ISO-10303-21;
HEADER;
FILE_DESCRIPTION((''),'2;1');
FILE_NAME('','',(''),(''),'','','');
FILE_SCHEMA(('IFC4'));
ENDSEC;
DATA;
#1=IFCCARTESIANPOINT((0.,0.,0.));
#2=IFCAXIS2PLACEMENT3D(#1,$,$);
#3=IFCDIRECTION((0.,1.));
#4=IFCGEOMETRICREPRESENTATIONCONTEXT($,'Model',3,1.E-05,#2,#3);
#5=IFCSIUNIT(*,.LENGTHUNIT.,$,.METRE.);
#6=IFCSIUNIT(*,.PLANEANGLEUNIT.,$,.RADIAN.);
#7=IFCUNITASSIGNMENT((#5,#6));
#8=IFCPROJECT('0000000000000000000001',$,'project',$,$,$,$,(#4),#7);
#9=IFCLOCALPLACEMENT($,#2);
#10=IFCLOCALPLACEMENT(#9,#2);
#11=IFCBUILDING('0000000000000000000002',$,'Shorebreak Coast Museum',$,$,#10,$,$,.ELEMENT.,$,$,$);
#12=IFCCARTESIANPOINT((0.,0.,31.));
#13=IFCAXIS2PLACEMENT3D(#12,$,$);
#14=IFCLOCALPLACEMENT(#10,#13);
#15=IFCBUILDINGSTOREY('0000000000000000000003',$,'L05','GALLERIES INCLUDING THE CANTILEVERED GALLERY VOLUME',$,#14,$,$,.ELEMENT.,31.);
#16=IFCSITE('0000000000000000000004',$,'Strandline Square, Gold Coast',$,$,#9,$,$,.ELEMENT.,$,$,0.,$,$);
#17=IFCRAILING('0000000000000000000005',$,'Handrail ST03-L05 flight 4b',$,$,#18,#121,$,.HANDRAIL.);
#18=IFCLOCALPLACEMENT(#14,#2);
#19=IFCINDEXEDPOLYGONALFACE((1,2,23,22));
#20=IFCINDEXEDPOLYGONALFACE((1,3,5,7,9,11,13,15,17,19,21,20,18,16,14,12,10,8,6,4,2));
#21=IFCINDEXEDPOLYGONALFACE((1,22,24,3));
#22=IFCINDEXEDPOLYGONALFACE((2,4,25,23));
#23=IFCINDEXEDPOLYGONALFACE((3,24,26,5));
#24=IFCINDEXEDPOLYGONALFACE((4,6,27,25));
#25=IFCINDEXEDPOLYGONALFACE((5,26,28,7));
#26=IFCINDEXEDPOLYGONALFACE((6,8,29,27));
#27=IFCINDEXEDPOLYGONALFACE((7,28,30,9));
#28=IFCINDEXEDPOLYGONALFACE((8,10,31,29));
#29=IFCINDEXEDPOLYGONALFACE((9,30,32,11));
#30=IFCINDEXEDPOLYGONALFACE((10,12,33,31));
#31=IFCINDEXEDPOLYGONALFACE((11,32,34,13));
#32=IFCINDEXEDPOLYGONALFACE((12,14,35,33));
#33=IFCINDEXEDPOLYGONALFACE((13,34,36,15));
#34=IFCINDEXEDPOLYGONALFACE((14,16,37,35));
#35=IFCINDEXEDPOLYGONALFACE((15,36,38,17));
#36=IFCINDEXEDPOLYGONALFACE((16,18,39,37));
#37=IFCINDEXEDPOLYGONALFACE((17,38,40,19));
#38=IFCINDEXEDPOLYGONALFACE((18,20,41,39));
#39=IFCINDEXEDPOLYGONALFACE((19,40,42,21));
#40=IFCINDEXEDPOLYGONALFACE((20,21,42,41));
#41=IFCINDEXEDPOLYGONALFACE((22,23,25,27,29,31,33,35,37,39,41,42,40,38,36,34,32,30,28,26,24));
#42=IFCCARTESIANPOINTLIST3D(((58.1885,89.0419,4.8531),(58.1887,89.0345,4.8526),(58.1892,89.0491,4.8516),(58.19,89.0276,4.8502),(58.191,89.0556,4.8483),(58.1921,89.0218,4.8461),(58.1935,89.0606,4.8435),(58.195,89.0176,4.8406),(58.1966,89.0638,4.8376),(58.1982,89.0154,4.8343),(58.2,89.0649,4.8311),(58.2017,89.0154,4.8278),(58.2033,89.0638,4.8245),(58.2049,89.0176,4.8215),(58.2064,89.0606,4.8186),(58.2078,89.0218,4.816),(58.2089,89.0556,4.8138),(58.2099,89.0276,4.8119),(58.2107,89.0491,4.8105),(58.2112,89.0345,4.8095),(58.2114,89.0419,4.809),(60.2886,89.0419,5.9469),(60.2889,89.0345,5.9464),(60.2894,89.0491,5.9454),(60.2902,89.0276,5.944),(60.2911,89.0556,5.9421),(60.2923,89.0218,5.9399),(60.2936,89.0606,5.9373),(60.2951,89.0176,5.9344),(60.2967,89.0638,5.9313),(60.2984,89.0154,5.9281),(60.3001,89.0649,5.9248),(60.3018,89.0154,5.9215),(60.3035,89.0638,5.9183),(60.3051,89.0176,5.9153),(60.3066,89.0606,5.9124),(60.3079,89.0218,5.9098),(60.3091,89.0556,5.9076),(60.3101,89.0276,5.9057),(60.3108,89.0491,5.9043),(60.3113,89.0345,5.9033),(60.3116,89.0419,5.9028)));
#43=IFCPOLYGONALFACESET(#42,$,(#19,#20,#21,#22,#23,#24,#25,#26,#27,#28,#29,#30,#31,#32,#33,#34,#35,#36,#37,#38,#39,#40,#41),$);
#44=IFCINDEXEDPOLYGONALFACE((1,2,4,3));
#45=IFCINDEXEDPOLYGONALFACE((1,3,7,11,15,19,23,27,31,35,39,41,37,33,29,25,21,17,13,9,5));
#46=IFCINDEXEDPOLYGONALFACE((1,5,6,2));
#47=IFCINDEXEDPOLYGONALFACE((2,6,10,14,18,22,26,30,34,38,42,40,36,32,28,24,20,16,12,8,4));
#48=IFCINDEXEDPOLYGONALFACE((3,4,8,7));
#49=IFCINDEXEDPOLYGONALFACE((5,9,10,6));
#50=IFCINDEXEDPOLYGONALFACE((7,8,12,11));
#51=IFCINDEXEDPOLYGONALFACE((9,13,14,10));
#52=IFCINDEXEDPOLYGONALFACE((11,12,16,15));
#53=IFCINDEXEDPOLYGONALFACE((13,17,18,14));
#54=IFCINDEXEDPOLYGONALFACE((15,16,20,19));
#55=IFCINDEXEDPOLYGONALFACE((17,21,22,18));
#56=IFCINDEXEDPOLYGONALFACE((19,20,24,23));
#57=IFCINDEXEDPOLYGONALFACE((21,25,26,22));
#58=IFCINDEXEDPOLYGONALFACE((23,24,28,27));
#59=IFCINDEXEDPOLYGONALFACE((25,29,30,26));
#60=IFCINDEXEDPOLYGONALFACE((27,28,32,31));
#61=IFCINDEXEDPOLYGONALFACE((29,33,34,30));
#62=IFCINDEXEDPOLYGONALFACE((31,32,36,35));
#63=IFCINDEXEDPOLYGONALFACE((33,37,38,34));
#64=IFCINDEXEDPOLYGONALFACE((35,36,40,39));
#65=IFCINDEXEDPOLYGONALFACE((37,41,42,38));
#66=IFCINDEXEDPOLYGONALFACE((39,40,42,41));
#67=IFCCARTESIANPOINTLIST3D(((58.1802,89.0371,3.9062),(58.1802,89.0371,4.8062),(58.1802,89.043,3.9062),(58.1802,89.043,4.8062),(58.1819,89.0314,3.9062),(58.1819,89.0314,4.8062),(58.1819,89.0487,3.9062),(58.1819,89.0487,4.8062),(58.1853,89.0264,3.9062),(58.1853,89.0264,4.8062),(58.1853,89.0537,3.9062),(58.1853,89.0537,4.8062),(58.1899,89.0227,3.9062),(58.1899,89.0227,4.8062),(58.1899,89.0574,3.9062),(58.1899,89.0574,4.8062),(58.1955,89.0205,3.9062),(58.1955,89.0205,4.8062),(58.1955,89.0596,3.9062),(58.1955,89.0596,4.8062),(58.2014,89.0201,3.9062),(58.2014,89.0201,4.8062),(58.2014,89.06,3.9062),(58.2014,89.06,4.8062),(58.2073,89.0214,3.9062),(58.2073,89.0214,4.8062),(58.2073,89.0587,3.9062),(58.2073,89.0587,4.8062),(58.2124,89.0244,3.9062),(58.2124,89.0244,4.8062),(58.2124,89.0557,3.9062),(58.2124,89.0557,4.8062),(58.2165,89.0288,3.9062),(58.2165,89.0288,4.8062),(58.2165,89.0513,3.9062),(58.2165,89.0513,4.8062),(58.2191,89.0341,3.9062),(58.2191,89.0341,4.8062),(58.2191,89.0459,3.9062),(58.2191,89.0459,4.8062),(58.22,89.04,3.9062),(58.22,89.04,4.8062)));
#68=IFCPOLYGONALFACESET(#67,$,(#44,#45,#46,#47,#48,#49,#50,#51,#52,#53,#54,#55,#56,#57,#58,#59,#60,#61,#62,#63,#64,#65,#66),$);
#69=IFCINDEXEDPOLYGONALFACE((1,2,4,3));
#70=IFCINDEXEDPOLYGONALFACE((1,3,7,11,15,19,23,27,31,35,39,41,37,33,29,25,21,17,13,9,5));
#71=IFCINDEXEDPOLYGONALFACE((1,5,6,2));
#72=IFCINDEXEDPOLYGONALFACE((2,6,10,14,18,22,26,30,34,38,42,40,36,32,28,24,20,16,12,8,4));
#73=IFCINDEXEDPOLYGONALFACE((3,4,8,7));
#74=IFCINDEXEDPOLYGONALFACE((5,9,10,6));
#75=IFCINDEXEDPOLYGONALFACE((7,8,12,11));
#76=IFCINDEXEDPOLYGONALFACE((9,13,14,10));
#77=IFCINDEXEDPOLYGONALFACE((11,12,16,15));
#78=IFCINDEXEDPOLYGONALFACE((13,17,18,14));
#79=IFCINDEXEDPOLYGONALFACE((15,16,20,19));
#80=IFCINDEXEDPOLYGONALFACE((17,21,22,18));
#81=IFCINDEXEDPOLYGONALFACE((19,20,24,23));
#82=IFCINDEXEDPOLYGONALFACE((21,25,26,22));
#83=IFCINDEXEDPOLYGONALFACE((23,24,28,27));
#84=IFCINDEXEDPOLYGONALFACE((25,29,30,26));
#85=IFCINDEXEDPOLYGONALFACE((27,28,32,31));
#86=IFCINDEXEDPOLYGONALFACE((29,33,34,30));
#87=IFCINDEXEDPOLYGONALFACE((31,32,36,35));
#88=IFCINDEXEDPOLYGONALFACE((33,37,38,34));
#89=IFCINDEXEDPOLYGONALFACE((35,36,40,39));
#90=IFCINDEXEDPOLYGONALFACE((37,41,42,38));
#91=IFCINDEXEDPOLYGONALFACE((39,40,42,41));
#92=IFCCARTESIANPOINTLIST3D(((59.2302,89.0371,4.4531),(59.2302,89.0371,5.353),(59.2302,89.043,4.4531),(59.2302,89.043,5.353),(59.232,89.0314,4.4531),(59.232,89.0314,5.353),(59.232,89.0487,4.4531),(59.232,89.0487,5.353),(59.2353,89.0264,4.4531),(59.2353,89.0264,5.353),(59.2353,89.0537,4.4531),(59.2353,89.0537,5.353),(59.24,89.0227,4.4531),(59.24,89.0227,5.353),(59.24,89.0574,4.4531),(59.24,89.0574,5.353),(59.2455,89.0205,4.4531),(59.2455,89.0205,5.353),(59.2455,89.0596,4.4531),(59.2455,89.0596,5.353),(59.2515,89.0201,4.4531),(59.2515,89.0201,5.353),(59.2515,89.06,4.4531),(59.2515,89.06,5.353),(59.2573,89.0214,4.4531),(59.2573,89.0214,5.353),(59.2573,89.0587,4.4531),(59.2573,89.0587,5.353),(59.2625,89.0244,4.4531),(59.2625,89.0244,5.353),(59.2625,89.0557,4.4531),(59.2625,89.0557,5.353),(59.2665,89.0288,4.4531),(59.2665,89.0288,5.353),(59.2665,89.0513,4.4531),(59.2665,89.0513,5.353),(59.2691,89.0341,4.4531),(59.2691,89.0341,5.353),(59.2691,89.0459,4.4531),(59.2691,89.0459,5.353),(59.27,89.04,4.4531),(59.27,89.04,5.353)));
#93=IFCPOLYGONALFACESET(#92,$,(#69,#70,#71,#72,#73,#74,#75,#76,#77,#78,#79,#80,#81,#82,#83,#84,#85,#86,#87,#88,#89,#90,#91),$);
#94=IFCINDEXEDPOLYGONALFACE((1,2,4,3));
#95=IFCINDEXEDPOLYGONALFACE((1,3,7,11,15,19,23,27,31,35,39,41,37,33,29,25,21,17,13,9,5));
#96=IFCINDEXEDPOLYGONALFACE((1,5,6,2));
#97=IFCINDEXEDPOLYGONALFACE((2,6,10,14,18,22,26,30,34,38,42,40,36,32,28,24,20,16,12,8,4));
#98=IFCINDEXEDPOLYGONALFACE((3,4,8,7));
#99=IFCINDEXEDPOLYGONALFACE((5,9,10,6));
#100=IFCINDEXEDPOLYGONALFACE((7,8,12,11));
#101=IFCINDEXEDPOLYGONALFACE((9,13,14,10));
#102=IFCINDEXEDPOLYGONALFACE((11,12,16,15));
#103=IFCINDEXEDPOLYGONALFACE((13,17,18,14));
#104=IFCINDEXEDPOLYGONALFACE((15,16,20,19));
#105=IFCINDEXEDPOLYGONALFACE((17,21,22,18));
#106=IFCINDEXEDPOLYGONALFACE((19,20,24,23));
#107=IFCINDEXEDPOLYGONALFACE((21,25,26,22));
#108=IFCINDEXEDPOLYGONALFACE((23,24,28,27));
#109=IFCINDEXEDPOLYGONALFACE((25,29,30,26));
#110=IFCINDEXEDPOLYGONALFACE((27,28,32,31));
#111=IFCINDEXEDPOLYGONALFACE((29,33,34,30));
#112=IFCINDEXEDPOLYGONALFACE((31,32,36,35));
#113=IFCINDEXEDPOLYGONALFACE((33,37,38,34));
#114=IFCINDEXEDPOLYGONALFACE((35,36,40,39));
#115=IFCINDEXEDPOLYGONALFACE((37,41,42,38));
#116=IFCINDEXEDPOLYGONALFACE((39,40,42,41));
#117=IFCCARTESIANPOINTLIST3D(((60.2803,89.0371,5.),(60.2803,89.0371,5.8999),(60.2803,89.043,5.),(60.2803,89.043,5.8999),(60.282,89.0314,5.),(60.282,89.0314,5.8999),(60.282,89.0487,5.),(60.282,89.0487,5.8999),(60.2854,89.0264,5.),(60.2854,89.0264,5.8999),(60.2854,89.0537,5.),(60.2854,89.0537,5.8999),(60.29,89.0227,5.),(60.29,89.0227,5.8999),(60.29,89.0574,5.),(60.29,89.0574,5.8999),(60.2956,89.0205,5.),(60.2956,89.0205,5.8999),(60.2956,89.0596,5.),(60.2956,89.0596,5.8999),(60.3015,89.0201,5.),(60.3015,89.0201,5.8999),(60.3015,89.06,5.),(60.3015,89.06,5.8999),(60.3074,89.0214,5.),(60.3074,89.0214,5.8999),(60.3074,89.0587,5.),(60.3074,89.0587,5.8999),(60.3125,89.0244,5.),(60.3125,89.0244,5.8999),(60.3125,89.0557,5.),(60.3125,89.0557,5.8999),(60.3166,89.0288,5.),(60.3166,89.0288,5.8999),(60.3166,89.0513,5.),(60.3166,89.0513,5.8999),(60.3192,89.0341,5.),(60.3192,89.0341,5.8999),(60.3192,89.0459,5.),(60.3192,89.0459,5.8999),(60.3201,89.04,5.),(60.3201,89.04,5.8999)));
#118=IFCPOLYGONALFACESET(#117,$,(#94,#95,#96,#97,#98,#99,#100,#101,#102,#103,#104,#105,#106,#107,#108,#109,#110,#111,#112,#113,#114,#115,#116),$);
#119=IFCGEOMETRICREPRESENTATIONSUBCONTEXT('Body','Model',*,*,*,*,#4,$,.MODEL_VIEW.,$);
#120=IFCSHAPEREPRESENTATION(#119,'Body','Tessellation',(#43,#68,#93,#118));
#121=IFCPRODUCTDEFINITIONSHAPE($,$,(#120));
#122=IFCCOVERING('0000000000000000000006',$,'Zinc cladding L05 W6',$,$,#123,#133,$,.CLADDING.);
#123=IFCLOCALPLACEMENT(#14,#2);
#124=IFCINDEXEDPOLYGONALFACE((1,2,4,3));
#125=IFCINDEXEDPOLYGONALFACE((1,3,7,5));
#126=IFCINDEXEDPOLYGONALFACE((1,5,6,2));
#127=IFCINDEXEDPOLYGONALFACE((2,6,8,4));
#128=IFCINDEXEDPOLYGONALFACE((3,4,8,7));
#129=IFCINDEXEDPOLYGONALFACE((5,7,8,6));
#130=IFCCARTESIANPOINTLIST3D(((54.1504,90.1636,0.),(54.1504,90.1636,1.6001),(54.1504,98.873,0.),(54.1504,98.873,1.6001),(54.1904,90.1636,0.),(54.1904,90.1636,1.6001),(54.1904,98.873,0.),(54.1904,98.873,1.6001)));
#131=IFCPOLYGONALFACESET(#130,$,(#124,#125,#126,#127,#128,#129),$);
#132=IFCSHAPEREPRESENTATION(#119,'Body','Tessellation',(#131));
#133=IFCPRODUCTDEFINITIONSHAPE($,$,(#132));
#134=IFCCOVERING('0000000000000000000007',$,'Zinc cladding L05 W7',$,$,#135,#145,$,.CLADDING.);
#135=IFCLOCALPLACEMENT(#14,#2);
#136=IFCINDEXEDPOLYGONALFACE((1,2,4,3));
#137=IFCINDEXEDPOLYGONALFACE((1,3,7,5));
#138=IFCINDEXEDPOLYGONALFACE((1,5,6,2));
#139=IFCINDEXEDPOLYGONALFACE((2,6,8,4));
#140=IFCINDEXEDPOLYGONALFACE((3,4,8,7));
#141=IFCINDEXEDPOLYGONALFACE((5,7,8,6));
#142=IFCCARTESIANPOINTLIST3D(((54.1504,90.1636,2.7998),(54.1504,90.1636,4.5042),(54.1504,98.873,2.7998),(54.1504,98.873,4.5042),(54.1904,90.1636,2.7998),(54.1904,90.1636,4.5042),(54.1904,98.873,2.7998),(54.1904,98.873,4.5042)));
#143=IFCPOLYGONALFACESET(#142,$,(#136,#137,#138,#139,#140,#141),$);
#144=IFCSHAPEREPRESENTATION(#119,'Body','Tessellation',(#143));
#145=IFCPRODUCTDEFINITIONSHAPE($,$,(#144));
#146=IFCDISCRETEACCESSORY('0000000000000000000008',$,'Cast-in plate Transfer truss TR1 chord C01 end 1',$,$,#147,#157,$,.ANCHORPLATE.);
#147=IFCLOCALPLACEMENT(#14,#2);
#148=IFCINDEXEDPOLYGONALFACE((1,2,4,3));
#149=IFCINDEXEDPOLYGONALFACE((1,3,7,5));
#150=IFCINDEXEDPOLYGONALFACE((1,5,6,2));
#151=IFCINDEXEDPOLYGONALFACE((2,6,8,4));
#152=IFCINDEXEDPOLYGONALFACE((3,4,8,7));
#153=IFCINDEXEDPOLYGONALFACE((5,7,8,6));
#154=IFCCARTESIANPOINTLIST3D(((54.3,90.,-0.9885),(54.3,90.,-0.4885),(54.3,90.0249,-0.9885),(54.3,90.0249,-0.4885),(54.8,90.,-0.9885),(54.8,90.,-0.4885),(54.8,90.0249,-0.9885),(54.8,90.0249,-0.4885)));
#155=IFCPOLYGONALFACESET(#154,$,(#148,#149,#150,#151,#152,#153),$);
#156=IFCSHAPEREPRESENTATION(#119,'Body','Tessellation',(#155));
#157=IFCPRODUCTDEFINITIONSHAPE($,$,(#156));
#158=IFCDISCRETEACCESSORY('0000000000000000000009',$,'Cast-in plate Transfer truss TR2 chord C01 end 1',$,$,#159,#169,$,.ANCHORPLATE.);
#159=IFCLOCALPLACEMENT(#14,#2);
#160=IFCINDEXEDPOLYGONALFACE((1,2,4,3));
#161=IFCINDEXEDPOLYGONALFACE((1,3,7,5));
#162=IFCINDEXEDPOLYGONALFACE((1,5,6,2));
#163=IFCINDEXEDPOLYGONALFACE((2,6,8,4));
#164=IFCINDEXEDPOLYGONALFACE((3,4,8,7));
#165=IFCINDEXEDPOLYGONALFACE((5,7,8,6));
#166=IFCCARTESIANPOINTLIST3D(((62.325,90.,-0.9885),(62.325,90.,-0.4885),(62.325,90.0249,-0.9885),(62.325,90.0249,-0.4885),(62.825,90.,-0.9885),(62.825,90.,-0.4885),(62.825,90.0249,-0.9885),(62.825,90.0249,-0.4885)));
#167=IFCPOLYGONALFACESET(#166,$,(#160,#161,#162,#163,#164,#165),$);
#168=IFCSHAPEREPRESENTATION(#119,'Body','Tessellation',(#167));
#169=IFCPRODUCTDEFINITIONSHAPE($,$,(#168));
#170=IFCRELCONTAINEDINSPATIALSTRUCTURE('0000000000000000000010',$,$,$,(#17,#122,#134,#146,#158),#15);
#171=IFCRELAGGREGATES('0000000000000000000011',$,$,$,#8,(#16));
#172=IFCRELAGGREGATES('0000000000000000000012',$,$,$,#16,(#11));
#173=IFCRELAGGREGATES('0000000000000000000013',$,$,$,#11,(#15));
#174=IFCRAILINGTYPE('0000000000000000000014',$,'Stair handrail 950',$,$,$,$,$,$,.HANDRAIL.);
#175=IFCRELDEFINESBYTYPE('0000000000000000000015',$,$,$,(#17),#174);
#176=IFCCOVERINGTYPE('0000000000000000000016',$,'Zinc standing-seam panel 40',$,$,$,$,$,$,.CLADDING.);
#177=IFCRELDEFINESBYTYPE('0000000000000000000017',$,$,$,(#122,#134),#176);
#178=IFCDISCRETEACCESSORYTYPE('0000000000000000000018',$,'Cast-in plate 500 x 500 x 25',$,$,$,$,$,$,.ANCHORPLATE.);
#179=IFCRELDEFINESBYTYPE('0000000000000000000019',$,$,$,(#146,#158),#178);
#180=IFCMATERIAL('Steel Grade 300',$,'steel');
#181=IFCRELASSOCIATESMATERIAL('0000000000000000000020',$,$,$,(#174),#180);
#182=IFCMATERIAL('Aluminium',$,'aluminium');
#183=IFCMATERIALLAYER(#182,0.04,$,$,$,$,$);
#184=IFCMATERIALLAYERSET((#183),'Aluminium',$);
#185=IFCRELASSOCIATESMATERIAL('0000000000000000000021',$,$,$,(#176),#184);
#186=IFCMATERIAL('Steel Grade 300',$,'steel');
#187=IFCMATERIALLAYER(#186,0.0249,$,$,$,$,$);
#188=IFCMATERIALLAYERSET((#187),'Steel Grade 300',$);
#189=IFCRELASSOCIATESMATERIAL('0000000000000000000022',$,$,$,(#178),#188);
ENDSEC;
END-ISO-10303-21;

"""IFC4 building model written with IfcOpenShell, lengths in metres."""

from ifc_helpers import new_model, si_unit, direction, frame, origin, origin_2d, place, context, subcontext, project, spatial, polyline, rectangle, circle, outline, extrude, material, layer, layer_set, type_object, element, save


model = new_model("IFC4")

# Units and contexts
model_context = context("Model", 3, precision=1e-05, world=origin(), true_north=direction((0.0, 1.0)))
body_context = subcontext(model_context, "Body", "Model", "MODEL_VIEW")
ifc_project = project(units=[si_unit("LENGTHUNIT", "METRE"), si_unit("PLANEANGLEUNIT", "RADIAN")], contexts=[model_context])

# Site, building, storey
site_placement = place(None, origin())
site = spatial("IfcSite", under=ifc_project, at=site_placement, Name="Strandline Square, Gold Coast", CompositionType="ELEMENT", RefElevation=0.0)
building_placement = place(site_placement, origin())
building = spatial("IfcBuilding", under=site, at=building_placement, Name="Shorebreak Coast Museum", CompositionType="ELEMENT")
storey_placement = place(building_placement, frame((0.0, 0.0, 31.0)))
storey = spatial("IfcBuildingStorey", under=building, at=storey_placement, Name="L05", Description="GALLERIES INCLUDING THE CANTILEVERED GALLERY VOLUME", CompositionType="ELEMENT", Elevation=31.0)

# Railing
ifc_material_1 = material(Name="Steel Grade 300", Category="steel")
railing_type_1 = type_object("IfcRailingType", Name="Stair handrail 950", PredefinedType="HANDRAIL", material=ifc_material_1)
railing_placement = place(storey_placement, frame((58.2, 89.04, 3.9062)))
element("IfcRailing", 1, at=railing_placement, inside=storey, type_object=railing_type_1, Name="Handrail ST03-L05 flight 4b", PredefinedType="HANDRAIL", context=body_context, shape_type="SweptSolid", body=[
    extrude(circle(Radius=0.0249, at=origin_2d()), frame((0.0, 0.0, 0.9248), z_axis=(0.886923, 0.0, 0.461918), x_axis=(0.0, 1.0, 0.0)), (0.0, 0.0, 1.0), 2.3679),
    extrude(circle(Radius=0.02, at=origin_2d()), origin(), (0.0, 0.0, 1.0), 0.8999),
    extrude(circle(Radius=0.02, at=origin_2d()), frame((1.05, 0.0, 0.5469)), (0.0, 0.0, 1.0), 0.8999),
    extrude(circle(Radius=0.02, at=origin_2d()), frame((2.1001, 0.0, 1.0938)), (0.0, 0.0, 1.0), 0.8999),
])

# Coverings
ifc_material_2 = material(Name="Aluminium", Category="aluminium")
ifc_layer_1 = layer(ifc_material_2, 0.04)
ifc_layer_set_1 = layer_set([ifc_layer_1], Name="Aluminium")
covering_type = type_object("IfcCoveringType", Name="Zinc standing-seam panel 40", PredefinedType="CLADDING", material=ifc_layer_set_1)
covering_1_placement = place(storey_placement, frame((54.1704, 94.5183, 0.0), z_axis=(0.0, 0.0, 1.0), x_axis=(1.0, 0.0, 0.0)))
element("IfcCovering", 2, at=covering_1_placement, inside=storey, type_object=covering_type, Name="Zinc cladding L05 W6", PredefinedType="CLADDING", context=body_context, shape_type="SweptSolid", body=[
    extrude(rectangle(XDim=0.04, YDim=8.7095, at=origin_2d()), origin(), (0.0, 0.0, 1.0), 1.6001),
])
covering_2_placement = place(storey_placement, frame((54.1704, 94.5183, 2.7998), z_axis=(0.0, 0.0, 1.0), x_axis=(1.0, 0.0, 0.0)))
element("IfcCovering", 3, at=covering_2_placement, inside=storey, type_object=covering_type, Name="Zinc cladding L05 W7", PredefinedType="CLADDING", context=body_context, shape_type="SweptSolid", body=[
    extrude(rectangle(XDim=0.04, YDim=8.7095, at=origin_2d()), origin(), (0.0, 0.0, 1.0), 1.7043),
])

# Discrete accessories
ifc_material_3 = material(Name="Steel Grade 300", Category="steel")
ifc_layer_2 = layer(ifc_material_3, 0.0249)
ifc_layer_set_2 = layer_set([ifc_layer_2], Name="Steel Grade 300")
discrete_accessory_type = type_object("IfcDiscreteAccessoryType", Name="Cast-in plate 500 x 500 x 25", PredefinedType="ANCHORPLATE", material=ifc_layer_set_2)
for number, where, z_axis, x_axis, name in (
    (4, (54.3, 90.0, -0.9885), (0.0, -1.0, 0.0), (1.0, 0.0, 0.0), "Cast-in plate Transfer truss TR1 chord C01 end 1"),
    (5, (62.325, 90.0, -0.9885), (0.0, -1.0, 0.0), (1.0, 0.0, 0.0), "Cast-in plate Transfer truss TR2 chord C01 end 1"),
):
    element("IfcDiscreteAccessory", number, at=place(storey_placement, frame(where, z_axis=z_axis, x_axis=x_axis)), inside=storey, type_object=discrete_accessory_type, Name=name, PredefinedType="ANCHORPLATE", context=body_context, shape_type="SweptSolid", body=[
        extrude(outline(polyline([(0.0, 0.0), (0.5, 0.0), (0.5, 0.5), (0.0, 0.5), (0.0, 0.0)])), origin(), (0.0, 0.0, -1.0), 0.0249),
    ])

save(model, "model.ifc")
